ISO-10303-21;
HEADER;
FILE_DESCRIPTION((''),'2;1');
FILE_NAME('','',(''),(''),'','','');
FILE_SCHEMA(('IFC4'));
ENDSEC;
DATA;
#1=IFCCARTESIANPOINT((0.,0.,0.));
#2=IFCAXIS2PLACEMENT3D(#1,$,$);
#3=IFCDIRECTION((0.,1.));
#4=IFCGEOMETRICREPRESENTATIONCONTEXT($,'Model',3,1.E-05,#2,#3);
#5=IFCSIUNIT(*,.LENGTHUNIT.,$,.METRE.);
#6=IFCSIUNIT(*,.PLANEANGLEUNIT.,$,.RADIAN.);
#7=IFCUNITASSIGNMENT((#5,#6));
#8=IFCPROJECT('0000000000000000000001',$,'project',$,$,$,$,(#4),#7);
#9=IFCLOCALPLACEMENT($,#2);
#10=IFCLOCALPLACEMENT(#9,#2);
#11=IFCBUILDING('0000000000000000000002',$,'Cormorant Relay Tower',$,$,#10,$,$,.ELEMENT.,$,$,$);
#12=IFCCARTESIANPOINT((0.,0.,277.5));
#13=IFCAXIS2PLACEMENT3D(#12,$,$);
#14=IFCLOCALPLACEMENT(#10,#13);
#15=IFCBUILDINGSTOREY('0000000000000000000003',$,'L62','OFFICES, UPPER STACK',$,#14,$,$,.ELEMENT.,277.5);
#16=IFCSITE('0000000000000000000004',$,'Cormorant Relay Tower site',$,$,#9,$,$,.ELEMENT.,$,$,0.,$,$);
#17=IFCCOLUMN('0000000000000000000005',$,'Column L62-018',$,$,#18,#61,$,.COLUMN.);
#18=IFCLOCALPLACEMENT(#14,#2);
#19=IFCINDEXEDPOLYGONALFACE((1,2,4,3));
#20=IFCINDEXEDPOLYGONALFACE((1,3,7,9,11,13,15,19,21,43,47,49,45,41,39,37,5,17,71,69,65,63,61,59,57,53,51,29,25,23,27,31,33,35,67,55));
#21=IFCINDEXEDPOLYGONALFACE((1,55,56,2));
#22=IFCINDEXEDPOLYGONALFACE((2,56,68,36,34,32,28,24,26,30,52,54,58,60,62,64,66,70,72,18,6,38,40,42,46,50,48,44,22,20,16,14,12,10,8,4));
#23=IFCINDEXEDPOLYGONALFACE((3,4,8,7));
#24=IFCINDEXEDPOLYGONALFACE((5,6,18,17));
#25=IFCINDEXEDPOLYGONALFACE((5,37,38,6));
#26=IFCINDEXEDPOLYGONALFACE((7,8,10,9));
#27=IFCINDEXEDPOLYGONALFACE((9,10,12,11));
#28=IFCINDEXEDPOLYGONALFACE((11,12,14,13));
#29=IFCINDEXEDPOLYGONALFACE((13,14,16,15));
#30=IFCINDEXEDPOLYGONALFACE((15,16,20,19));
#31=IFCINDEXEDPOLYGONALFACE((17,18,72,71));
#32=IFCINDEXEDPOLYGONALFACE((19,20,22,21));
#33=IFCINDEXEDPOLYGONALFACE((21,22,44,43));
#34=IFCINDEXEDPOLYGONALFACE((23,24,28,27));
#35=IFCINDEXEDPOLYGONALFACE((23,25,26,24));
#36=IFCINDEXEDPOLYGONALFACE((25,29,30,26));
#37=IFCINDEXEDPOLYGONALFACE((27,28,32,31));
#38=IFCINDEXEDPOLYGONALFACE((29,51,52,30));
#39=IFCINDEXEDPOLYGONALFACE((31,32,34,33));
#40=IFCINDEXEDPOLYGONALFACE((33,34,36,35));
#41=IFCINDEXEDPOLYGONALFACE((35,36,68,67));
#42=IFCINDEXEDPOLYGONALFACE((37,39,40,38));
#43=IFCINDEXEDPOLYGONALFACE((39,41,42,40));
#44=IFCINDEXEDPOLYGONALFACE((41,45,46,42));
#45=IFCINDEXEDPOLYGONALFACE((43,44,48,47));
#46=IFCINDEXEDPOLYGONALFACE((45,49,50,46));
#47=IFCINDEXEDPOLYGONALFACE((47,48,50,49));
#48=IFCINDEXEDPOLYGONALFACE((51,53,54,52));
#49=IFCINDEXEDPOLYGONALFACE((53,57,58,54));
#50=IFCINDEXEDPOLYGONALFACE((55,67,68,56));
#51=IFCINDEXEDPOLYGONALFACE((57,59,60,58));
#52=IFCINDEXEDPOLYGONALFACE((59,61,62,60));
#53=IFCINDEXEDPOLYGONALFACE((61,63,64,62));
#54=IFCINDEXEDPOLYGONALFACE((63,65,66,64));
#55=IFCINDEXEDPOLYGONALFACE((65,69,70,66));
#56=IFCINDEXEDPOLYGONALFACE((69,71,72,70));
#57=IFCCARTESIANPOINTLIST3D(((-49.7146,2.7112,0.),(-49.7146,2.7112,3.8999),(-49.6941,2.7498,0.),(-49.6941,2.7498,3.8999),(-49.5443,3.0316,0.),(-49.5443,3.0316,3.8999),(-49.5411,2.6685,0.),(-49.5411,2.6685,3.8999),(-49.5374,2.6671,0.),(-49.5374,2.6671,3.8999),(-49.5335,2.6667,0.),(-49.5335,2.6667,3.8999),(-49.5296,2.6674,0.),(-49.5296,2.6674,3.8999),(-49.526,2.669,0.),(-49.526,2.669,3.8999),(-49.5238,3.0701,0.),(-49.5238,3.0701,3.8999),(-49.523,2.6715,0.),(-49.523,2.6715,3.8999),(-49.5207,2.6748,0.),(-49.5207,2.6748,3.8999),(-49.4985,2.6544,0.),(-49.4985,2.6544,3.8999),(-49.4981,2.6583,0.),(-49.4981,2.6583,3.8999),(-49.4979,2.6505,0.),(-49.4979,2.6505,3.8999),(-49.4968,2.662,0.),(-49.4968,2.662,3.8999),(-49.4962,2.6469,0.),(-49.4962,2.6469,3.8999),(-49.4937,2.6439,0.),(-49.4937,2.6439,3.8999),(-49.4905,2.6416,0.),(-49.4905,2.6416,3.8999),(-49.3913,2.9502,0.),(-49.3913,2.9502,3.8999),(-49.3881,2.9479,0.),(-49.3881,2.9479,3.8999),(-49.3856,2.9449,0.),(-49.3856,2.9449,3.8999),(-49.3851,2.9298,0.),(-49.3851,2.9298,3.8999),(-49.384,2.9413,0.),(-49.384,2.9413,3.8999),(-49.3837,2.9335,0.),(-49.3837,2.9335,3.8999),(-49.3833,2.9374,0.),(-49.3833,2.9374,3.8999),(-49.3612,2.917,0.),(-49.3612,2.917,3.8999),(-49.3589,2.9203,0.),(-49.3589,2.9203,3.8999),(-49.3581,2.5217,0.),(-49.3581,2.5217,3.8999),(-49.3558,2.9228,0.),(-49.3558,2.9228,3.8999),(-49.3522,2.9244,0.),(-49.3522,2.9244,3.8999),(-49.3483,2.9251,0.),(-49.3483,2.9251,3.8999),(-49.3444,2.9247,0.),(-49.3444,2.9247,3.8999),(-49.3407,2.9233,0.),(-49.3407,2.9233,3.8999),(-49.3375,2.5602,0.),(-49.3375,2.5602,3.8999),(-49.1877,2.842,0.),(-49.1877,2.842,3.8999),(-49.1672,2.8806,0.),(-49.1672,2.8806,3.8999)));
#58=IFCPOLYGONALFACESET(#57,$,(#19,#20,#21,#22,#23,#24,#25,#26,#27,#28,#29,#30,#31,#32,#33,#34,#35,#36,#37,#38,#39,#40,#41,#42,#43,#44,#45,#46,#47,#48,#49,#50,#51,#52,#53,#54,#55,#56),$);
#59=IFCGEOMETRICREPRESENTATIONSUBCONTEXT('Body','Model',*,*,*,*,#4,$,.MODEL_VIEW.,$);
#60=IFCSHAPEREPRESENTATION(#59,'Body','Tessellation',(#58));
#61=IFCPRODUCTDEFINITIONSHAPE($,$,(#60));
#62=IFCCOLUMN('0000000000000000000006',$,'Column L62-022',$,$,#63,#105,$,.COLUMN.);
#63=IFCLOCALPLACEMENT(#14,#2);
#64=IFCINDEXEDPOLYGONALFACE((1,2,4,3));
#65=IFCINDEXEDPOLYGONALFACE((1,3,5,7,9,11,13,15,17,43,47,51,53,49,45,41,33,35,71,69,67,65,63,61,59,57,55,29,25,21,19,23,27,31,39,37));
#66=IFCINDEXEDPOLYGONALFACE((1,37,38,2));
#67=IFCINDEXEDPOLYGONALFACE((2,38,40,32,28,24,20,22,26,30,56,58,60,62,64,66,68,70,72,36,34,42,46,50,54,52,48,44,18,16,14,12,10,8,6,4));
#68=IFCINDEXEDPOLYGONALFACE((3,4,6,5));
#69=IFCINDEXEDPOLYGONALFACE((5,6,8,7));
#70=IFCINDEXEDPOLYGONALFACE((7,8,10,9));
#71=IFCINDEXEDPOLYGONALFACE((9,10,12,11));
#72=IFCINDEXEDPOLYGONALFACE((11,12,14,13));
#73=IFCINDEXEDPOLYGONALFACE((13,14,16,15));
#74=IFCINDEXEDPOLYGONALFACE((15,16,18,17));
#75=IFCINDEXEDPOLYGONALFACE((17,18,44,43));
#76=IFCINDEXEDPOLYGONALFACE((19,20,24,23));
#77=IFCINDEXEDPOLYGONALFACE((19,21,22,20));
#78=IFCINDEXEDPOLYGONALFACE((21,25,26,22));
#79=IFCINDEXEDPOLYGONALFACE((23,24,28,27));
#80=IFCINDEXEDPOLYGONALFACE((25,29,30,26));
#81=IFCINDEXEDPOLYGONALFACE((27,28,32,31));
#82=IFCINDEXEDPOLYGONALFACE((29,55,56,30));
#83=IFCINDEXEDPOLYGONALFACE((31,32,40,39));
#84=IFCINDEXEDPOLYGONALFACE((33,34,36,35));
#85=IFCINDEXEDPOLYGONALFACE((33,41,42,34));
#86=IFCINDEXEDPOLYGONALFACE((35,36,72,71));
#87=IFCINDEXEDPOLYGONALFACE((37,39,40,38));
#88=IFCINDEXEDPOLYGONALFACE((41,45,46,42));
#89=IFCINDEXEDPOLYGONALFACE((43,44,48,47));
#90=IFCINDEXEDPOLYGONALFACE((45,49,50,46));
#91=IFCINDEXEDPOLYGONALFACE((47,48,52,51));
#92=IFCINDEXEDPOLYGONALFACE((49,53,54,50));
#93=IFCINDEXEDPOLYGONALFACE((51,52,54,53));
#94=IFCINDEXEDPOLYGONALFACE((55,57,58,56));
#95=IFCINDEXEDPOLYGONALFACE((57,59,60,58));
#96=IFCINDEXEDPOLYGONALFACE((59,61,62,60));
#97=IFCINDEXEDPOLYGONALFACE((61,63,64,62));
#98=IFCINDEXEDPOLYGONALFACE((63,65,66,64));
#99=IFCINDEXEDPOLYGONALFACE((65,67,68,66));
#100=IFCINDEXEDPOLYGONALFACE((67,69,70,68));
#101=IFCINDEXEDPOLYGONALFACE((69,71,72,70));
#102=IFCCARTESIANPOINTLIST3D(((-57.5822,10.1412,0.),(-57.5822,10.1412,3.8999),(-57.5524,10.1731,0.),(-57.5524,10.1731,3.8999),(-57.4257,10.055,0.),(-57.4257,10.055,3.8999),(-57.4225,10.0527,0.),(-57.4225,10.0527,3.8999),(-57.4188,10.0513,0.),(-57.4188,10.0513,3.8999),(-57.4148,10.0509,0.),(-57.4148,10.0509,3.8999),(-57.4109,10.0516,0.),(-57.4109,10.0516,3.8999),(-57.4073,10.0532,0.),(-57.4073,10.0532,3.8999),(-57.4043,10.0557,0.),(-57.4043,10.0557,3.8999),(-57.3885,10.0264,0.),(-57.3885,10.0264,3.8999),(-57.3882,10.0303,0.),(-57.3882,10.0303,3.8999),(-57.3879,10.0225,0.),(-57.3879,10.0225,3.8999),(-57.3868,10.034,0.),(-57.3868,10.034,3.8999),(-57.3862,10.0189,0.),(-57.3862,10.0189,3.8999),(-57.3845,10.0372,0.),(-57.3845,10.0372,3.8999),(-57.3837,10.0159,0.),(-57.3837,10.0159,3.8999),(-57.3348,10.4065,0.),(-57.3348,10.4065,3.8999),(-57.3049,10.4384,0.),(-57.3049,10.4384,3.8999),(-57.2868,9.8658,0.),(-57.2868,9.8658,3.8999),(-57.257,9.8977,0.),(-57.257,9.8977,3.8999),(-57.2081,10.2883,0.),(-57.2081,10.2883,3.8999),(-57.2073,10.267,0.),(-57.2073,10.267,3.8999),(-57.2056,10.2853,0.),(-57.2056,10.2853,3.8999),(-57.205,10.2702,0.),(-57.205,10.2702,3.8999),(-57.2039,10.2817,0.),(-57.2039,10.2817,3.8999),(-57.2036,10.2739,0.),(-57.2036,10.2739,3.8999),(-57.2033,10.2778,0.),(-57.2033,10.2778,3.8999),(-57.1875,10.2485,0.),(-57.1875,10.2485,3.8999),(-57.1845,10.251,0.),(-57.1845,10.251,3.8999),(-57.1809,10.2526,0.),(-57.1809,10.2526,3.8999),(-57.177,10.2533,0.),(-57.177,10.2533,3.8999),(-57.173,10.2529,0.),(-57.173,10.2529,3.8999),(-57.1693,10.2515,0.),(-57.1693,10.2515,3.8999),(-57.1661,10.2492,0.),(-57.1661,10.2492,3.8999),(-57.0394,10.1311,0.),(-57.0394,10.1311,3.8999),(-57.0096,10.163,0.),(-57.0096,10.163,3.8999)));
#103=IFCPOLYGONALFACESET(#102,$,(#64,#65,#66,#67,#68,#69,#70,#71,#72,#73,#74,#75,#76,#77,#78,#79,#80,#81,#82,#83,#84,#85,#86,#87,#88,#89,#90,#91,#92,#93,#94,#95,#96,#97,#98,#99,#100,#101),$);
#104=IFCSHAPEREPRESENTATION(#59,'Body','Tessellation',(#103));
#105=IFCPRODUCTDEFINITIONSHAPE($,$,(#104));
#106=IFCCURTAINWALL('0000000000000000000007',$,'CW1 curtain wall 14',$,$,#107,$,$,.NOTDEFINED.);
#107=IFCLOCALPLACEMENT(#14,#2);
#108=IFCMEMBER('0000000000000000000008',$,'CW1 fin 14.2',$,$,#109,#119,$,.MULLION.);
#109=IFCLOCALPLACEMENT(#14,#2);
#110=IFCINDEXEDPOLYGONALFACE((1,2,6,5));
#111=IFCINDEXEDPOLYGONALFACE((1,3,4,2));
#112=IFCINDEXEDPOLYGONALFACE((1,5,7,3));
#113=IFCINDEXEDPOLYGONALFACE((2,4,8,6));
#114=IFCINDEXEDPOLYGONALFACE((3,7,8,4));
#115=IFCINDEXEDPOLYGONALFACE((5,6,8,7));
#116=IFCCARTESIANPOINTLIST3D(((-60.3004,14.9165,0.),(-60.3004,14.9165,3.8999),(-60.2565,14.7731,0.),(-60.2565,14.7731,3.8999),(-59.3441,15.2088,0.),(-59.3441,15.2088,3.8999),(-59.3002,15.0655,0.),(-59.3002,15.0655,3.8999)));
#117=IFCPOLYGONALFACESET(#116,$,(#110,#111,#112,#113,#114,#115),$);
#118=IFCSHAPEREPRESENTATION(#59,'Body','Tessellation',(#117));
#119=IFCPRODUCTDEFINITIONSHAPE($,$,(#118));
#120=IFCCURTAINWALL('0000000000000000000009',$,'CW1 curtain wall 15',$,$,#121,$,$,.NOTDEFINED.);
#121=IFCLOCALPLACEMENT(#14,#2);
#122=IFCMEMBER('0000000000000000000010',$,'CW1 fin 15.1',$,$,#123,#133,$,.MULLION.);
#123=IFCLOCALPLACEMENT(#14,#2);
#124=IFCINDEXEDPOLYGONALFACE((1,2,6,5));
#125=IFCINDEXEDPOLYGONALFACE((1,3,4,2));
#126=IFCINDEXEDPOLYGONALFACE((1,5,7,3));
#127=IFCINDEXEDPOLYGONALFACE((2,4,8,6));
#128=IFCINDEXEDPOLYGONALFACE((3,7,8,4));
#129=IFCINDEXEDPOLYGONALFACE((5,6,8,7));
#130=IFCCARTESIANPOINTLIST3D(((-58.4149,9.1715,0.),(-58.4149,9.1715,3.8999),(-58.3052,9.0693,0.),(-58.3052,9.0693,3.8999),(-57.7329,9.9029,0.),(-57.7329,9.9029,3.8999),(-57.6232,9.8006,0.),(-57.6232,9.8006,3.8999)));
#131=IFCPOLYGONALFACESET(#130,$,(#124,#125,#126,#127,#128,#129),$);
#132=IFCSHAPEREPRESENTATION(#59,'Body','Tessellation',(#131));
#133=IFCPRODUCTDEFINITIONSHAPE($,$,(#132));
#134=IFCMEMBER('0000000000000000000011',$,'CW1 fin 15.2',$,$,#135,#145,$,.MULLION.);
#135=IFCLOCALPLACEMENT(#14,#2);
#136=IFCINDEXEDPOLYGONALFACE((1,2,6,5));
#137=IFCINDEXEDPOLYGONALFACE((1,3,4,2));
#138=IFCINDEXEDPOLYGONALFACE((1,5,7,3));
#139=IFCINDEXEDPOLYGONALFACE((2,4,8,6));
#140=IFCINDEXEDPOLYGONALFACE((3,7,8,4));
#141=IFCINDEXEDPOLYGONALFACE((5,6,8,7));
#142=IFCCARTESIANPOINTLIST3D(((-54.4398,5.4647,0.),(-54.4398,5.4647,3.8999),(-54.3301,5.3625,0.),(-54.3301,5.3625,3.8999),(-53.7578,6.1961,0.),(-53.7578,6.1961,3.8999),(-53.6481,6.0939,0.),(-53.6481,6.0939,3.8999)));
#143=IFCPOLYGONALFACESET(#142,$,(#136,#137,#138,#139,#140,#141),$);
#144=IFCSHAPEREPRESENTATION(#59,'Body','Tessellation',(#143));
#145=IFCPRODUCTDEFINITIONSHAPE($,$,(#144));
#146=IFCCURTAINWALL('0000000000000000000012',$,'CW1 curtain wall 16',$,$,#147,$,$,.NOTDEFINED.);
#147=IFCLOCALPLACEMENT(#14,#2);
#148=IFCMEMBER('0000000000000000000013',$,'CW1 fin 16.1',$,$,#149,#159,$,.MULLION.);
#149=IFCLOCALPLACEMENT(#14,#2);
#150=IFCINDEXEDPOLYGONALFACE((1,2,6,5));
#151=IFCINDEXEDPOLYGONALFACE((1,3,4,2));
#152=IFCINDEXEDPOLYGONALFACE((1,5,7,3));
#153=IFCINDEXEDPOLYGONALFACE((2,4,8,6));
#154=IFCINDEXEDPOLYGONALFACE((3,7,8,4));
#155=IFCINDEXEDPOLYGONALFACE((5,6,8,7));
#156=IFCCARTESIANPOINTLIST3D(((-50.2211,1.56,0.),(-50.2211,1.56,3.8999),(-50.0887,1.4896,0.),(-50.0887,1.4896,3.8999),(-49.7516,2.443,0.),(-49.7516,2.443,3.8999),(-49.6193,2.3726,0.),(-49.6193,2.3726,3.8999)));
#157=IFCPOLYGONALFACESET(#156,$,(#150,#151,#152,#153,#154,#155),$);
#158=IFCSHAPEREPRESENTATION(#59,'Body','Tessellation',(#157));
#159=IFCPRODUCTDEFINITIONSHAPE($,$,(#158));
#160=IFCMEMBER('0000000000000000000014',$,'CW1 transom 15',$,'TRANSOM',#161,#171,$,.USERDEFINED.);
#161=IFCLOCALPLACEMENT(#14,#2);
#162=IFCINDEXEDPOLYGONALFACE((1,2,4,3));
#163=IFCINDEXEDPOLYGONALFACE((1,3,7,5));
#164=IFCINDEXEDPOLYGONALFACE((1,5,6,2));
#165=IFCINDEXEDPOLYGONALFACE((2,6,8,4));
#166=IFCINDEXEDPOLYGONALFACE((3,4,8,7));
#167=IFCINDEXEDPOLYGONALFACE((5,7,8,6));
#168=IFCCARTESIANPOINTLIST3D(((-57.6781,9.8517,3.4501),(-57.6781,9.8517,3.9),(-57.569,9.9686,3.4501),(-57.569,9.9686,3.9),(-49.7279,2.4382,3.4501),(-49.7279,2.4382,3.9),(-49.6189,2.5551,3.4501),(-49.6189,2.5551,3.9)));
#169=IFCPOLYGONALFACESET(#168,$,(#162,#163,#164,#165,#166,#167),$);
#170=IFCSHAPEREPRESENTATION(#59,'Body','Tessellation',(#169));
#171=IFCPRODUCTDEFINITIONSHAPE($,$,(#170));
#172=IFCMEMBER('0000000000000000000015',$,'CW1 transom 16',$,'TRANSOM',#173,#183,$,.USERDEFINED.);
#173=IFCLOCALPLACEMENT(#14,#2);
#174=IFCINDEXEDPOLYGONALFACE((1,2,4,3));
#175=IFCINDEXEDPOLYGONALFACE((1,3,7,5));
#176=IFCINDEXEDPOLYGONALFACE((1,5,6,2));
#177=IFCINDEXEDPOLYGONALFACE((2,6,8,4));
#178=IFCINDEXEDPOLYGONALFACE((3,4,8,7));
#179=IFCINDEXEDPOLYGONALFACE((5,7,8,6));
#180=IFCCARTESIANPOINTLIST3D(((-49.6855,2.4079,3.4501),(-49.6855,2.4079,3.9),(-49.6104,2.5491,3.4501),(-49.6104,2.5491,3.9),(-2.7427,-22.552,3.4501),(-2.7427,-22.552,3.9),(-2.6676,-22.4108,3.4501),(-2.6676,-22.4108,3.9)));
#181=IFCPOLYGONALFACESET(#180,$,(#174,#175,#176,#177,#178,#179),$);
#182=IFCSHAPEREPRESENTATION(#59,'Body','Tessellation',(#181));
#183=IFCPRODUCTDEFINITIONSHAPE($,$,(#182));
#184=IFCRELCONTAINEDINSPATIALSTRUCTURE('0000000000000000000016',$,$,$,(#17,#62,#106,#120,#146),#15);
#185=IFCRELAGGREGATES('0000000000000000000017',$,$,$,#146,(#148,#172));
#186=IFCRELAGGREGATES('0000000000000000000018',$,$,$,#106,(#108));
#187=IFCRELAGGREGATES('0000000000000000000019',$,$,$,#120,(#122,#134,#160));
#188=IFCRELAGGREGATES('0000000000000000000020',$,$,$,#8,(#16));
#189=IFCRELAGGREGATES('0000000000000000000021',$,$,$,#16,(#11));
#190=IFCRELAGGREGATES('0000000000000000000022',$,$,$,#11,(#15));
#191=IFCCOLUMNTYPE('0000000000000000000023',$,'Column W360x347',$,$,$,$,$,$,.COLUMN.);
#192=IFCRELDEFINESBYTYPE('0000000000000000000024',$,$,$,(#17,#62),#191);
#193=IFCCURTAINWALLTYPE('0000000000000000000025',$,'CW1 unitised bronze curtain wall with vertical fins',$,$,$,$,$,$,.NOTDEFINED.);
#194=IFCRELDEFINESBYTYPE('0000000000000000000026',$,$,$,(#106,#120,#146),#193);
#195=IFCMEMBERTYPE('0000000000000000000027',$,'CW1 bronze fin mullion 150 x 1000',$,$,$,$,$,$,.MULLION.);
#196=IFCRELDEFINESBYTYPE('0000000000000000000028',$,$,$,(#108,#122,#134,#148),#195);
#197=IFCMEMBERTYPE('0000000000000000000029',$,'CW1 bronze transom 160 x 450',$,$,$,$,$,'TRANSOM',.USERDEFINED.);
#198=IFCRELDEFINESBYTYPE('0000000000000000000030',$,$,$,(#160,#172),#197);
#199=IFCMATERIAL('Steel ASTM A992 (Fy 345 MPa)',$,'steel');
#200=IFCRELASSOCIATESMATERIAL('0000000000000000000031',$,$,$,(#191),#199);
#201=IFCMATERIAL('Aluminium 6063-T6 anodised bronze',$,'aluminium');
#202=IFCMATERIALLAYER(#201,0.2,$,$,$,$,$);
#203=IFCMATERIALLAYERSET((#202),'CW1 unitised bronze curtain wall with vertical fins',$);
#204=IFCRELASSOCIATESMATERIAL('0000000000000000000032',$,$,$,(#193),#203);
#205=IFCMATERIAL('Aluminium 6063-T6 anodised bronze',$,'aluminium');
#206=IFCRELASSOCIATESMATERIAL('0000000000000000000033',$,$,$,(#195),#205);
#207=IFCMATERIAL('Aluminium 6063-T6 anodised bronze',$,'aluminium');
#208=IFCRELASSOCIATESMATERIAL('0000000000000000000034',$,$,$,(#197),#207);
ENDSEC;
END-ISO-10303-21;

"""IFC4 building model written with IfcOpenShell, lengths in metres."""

from ifc_helpers import new_model, si_unit, direction, frame, origin, origin_2d, place, context, subcontext, project, spatial, rectangle, i_section, extrude, material, layer, layer_set, material_profile, profile_set, type_object, element, aggregate, save


model = new_model("IFC4")

# Units and contexts
model_context = context("Model", 3, precision=1e-05, world=origin(), true_north=direction((0.0, 1.0)))
body_context = subcontext(model_context, "Body", "Model", "MODEL_VIEW")
ifc_project = project(units=[si_unit("LENGTHUNIT", "METRE"), si_unit("PLANEANGLEUNIT", "RADIAN")], contexts=[model_context])

# Site, building, storey
site_placement = place(None, origin())
site = spatial("IfcSite", under=ifc_project, at=site_placement, Name="Cormorant Relay Tower site", CompositionType="ELEMENT", RefElevation=0.0)
building_placement = place(site_placement, origin())
building = spatial("IfcBuilding", under=site, at=building_placement, Name="Cormorant Relay Tower", CompositionType="ELEMENT")
storey_placement = place(building_placement, frame((0.0, 0.0, 277.5)))
storey = spatial("IfcBuildingStorey", under=building, at=storey_placement, Name="L62", Description="OFFICES, UPPER STACK", CompositionType="ELEMENT", Elevation=277.5)

# Columns
ifc_material_1 = material(Name="Steel ASTM A992 (Fy 345 MPa)", Category="steel")
ifc_material_profile_1 = material_profile(ifc_material_1, i_section(OverallWidth=0.4038, OverallDepth=0.4065, WebThickness=0.0271, FlangeThickness=0.0437, FilletRadius=0.0151, at=origin_2d()), Name="W360x347")
ifc_profile_set_1 = profile_set([ifc_material_profile_1], Name="Steel ASTM A992 (Fy 345 MPa)")
column_type = type_object("IfcColumnType", Name="Column W360x347", PredefinedType="COLUMN", material=ifc_profile_set_1)
for number, where, z_axis, x_axis, name in (
    (1, (-49.4409, 2.7959, 0.0), (0.0, 0.0, 1.0), (0.882948, -0.469472, 0.0), "Column L62-018"),
    (2, (-57.2959, 10.1521, 0.0), (0.0, 0.0, 1.0), (0.731354, -0.681998, 0.0), "Column L62-022"),
):
    element("IfcColumn", number, at=place(storey_placement, frame(where, z_axis=z_axis, x_axis=x_axis)), inside=storey, type_object=column_type, Name=name, PredefinedType="COLUMN", context=body_context, shape_type="SweptSolid", body=[
        extrude(i_section(OverallWidth=0.4038, OverallDepth=0.4065, WebThickness=0.0271, FlangeThickness=0.0437, FilletRadius=0.0151, at=origin_2d()), origin(), (0.0, 0.0, 1.0), 3.8999),
    ])

# Curtain wall, member
ifc_material_2 = material(Name="Aluminium 6063-T6 anodised bronze", Category="aluminium")
ifc_layer_1 = layer(ifc_material_2, 0.2)
ifc_layer_set_1 = layer_set([ifc_layer_1], Name="CW1 unitised bronze curtain wall with vertical fins")
curtain_wall_type = type_object("IfcCurtainWallType", Name="CW1 unitised bronze curtain wall with vertical fins", PredefinedType="NOTDEFINED", material=ifc_layer_set_1)
curtain_wall_1_placement = place(storey_placement, origin())
curtain_wall_1 = element("IfcCurtainWall", 3, at=curtain_wall_1_placement, inside=storey, type_object=curtain_wall_type, Name="CW1 curtain wall 14", PredefinedType="NOTDEFINED")
ifc_material_3 = material(Name="Aluminium 6063-T6 anodised bronze", Category="aluminium")
ifc_material_profile_2 = material_profile(ifc_material_3, rectangle(XDim=0.1499, YDim=1.0, at=origin_2d()), Name="AL 150x1000")
ifc_profile_set_2 = profile_set([ifc_material_profile_2], Name="Aluminium 6063-T6 anodised bronze")
member_type_1 = type_object("IfcMemberType", Name="CW1 bronze fin mullion 150 x 1000", PredefinedType="MULLION", material=ifc_profile_set_2)
member_1_placement = place(storey_placement, frame((-59.8003, 14.991, 0.0), z_axis=(0.0, 0.0, 1.0), x_axis=(0.292372, -0.956305, 0.0)))
member_1 = element("IfcMember", 4, at=member_1_placement, type_object=member_type_1, Name="CW1 fin 14.2", PredefinedType="MULLION", context=body_context, shape_type="SweptSolid", body=[
    extrude(rectangle(XDim=0.1499, YDim=1.0, at=origin_2d()), origin(), (0.0, 0.0, 1.0), 3.8999),
])

# Curtain wall, members
curtain_wall_2_placement = place(storey_placement, origin())
curtain_wall_2 = element("IfcCurtainWall", 5, at=curtain_wall_2_placement, inside=storey, type_object=curtain_wall_type, Name="CW1 curtain wall 15", PredefinedType="NOTDEFINED")
member_2_placement = place(storey_placement, frame((-58.019, 9.4861, 0.0), z_axis=(0.0, 0.0, 1.0), x_axis=(0.731354, -0.681998, 0.0)))
member_2 = element("IfcMember", 6, at=member_2_placement, type_object=member_type_1, Name="CW1 fin 15.1", PredefinedType="MULLION", context=body_context, shape_type="SweptSolid", body=[
    extrude(rectangle(XDim=0.1499, YDim=1.0, at=origin_2d()), origin(), (0.0, 0.0, 1.0), 3.8999),
])
member_3_placement = place(storey_placement, frame((-54.0439, 5.7793, 0.0), z_axis=(0.0, 0.0, 1.0), x_axis=(0.731354, -0.681998, 0.0)))
member_3 = element("IfcMember", 7, at=member_3_placement, type_object=member_type_1, Name="CW1 fin 15.2", PredefinedType="MULLION", context=body_context, shape_type="SweptSolid", body=[
    extrude(rectangle(XDim=0.1499, YDim=1.0, at=origin_2d()), origin(), (0.0, 0.0, 1.0), 3.8999),
])

# Curtain wall, member
curtain_wall_3_placement = place(storey_placement, origin())
curtain_wall_3 = element("IfcCurtainWall", 8, at=curtain_wall_3_placement, inside=storey, type_object=curtain_wall_type, Name="CW1 curtain wall 16", PredefinedType="NOTDEFINED")
member_4_placement = place(storey_placement, frame((-49.9202, 1.9663, 0.0), z_axis=(0.0, 0.0, 1.0), x_axis=(0.882948, -0.469472, 0.0)))
member_4 = element("IfcMember", 9, at=member_4_placement, type_object=member_type_1, Name="CW1 fin 16.1", PredefinedType="MULLION", context=body_context, shape_type="SweptSolid", body=[
    extrude(rectangle(XDim=0.1499, YDim=1.0, at=origin_2d()), origin(), (0.0, 0.0, 1.0), 3.8999),
])

# Members
ifc_material_4 = material(Name="Aluminium 6063-T6 anodised bronze", Category="aluminium")
ifc_material_profile_3 = material_profile(ifc_material_4, rectangle(XDim=0.1599, YDim=0.45, at=origin_2d()), Name="AL 160x450")
ifc_profile_set_3 = profile_set([ifc_material_profile_3], Name="Aluminium 6063-T6 anodised bronze")
member_type_2 = type_object("IfcMemberType", Name="CW1 bronze transom 160 x 450", ElementType="TRANSOM", PredefinedType="USERDEFINED", material=ifc_profile_set_3)
member_5_placement = place(storey_placement, frame((-57.6235, 9.9102, 3.675), z_axis=(0.731358, -0.681993, 0.0), x_axis=(0.681993, 0.731358, 0.0)))
member_5 = element("IfcMember", 10, at=member_5_placement, type_object=member_type_2, Name="CW1 transom 15", ObjectType="TRANSOM", PredefinedType="USERDEFINED", context=body_context, shape_type="SweptSolid", body=[
    extrude(rectangle(XDim=0.1599, YDim=0.45, at=origin_2d()), origin(), (0.0, 0.0, 1.0), 10.8704),
])
member_6_placement = place(storey_placement, frame((-49.6479, 2.4785, 3.675), z_axis=(0.882948, -0.469471, 0.0), x_axis=(0.469471, 0.882948, 0.0)))
member_6 = element("IfcMember", 11, at=member_6_placement, type_object=member_type_2, Name="CW1 transom 16", ObjectType="TRANSOM", PredefinedType="USERDEFINED", context=body_context, shape_type="SweptSolid", body=[
    extrude(rectangle(XDim=0.1599, YDim=0.45, at=origin_2d()), origin(), (0.0, 0.0, 1.0), 53.166),
])
aggregate(curtain_wall_3, [member_4, member_6])

aggregate(curtain_wall_1, [member_1])
aggregate(curtain_wall_2, [member_2, member_3, member_5])

save(model, "model.ifc")
